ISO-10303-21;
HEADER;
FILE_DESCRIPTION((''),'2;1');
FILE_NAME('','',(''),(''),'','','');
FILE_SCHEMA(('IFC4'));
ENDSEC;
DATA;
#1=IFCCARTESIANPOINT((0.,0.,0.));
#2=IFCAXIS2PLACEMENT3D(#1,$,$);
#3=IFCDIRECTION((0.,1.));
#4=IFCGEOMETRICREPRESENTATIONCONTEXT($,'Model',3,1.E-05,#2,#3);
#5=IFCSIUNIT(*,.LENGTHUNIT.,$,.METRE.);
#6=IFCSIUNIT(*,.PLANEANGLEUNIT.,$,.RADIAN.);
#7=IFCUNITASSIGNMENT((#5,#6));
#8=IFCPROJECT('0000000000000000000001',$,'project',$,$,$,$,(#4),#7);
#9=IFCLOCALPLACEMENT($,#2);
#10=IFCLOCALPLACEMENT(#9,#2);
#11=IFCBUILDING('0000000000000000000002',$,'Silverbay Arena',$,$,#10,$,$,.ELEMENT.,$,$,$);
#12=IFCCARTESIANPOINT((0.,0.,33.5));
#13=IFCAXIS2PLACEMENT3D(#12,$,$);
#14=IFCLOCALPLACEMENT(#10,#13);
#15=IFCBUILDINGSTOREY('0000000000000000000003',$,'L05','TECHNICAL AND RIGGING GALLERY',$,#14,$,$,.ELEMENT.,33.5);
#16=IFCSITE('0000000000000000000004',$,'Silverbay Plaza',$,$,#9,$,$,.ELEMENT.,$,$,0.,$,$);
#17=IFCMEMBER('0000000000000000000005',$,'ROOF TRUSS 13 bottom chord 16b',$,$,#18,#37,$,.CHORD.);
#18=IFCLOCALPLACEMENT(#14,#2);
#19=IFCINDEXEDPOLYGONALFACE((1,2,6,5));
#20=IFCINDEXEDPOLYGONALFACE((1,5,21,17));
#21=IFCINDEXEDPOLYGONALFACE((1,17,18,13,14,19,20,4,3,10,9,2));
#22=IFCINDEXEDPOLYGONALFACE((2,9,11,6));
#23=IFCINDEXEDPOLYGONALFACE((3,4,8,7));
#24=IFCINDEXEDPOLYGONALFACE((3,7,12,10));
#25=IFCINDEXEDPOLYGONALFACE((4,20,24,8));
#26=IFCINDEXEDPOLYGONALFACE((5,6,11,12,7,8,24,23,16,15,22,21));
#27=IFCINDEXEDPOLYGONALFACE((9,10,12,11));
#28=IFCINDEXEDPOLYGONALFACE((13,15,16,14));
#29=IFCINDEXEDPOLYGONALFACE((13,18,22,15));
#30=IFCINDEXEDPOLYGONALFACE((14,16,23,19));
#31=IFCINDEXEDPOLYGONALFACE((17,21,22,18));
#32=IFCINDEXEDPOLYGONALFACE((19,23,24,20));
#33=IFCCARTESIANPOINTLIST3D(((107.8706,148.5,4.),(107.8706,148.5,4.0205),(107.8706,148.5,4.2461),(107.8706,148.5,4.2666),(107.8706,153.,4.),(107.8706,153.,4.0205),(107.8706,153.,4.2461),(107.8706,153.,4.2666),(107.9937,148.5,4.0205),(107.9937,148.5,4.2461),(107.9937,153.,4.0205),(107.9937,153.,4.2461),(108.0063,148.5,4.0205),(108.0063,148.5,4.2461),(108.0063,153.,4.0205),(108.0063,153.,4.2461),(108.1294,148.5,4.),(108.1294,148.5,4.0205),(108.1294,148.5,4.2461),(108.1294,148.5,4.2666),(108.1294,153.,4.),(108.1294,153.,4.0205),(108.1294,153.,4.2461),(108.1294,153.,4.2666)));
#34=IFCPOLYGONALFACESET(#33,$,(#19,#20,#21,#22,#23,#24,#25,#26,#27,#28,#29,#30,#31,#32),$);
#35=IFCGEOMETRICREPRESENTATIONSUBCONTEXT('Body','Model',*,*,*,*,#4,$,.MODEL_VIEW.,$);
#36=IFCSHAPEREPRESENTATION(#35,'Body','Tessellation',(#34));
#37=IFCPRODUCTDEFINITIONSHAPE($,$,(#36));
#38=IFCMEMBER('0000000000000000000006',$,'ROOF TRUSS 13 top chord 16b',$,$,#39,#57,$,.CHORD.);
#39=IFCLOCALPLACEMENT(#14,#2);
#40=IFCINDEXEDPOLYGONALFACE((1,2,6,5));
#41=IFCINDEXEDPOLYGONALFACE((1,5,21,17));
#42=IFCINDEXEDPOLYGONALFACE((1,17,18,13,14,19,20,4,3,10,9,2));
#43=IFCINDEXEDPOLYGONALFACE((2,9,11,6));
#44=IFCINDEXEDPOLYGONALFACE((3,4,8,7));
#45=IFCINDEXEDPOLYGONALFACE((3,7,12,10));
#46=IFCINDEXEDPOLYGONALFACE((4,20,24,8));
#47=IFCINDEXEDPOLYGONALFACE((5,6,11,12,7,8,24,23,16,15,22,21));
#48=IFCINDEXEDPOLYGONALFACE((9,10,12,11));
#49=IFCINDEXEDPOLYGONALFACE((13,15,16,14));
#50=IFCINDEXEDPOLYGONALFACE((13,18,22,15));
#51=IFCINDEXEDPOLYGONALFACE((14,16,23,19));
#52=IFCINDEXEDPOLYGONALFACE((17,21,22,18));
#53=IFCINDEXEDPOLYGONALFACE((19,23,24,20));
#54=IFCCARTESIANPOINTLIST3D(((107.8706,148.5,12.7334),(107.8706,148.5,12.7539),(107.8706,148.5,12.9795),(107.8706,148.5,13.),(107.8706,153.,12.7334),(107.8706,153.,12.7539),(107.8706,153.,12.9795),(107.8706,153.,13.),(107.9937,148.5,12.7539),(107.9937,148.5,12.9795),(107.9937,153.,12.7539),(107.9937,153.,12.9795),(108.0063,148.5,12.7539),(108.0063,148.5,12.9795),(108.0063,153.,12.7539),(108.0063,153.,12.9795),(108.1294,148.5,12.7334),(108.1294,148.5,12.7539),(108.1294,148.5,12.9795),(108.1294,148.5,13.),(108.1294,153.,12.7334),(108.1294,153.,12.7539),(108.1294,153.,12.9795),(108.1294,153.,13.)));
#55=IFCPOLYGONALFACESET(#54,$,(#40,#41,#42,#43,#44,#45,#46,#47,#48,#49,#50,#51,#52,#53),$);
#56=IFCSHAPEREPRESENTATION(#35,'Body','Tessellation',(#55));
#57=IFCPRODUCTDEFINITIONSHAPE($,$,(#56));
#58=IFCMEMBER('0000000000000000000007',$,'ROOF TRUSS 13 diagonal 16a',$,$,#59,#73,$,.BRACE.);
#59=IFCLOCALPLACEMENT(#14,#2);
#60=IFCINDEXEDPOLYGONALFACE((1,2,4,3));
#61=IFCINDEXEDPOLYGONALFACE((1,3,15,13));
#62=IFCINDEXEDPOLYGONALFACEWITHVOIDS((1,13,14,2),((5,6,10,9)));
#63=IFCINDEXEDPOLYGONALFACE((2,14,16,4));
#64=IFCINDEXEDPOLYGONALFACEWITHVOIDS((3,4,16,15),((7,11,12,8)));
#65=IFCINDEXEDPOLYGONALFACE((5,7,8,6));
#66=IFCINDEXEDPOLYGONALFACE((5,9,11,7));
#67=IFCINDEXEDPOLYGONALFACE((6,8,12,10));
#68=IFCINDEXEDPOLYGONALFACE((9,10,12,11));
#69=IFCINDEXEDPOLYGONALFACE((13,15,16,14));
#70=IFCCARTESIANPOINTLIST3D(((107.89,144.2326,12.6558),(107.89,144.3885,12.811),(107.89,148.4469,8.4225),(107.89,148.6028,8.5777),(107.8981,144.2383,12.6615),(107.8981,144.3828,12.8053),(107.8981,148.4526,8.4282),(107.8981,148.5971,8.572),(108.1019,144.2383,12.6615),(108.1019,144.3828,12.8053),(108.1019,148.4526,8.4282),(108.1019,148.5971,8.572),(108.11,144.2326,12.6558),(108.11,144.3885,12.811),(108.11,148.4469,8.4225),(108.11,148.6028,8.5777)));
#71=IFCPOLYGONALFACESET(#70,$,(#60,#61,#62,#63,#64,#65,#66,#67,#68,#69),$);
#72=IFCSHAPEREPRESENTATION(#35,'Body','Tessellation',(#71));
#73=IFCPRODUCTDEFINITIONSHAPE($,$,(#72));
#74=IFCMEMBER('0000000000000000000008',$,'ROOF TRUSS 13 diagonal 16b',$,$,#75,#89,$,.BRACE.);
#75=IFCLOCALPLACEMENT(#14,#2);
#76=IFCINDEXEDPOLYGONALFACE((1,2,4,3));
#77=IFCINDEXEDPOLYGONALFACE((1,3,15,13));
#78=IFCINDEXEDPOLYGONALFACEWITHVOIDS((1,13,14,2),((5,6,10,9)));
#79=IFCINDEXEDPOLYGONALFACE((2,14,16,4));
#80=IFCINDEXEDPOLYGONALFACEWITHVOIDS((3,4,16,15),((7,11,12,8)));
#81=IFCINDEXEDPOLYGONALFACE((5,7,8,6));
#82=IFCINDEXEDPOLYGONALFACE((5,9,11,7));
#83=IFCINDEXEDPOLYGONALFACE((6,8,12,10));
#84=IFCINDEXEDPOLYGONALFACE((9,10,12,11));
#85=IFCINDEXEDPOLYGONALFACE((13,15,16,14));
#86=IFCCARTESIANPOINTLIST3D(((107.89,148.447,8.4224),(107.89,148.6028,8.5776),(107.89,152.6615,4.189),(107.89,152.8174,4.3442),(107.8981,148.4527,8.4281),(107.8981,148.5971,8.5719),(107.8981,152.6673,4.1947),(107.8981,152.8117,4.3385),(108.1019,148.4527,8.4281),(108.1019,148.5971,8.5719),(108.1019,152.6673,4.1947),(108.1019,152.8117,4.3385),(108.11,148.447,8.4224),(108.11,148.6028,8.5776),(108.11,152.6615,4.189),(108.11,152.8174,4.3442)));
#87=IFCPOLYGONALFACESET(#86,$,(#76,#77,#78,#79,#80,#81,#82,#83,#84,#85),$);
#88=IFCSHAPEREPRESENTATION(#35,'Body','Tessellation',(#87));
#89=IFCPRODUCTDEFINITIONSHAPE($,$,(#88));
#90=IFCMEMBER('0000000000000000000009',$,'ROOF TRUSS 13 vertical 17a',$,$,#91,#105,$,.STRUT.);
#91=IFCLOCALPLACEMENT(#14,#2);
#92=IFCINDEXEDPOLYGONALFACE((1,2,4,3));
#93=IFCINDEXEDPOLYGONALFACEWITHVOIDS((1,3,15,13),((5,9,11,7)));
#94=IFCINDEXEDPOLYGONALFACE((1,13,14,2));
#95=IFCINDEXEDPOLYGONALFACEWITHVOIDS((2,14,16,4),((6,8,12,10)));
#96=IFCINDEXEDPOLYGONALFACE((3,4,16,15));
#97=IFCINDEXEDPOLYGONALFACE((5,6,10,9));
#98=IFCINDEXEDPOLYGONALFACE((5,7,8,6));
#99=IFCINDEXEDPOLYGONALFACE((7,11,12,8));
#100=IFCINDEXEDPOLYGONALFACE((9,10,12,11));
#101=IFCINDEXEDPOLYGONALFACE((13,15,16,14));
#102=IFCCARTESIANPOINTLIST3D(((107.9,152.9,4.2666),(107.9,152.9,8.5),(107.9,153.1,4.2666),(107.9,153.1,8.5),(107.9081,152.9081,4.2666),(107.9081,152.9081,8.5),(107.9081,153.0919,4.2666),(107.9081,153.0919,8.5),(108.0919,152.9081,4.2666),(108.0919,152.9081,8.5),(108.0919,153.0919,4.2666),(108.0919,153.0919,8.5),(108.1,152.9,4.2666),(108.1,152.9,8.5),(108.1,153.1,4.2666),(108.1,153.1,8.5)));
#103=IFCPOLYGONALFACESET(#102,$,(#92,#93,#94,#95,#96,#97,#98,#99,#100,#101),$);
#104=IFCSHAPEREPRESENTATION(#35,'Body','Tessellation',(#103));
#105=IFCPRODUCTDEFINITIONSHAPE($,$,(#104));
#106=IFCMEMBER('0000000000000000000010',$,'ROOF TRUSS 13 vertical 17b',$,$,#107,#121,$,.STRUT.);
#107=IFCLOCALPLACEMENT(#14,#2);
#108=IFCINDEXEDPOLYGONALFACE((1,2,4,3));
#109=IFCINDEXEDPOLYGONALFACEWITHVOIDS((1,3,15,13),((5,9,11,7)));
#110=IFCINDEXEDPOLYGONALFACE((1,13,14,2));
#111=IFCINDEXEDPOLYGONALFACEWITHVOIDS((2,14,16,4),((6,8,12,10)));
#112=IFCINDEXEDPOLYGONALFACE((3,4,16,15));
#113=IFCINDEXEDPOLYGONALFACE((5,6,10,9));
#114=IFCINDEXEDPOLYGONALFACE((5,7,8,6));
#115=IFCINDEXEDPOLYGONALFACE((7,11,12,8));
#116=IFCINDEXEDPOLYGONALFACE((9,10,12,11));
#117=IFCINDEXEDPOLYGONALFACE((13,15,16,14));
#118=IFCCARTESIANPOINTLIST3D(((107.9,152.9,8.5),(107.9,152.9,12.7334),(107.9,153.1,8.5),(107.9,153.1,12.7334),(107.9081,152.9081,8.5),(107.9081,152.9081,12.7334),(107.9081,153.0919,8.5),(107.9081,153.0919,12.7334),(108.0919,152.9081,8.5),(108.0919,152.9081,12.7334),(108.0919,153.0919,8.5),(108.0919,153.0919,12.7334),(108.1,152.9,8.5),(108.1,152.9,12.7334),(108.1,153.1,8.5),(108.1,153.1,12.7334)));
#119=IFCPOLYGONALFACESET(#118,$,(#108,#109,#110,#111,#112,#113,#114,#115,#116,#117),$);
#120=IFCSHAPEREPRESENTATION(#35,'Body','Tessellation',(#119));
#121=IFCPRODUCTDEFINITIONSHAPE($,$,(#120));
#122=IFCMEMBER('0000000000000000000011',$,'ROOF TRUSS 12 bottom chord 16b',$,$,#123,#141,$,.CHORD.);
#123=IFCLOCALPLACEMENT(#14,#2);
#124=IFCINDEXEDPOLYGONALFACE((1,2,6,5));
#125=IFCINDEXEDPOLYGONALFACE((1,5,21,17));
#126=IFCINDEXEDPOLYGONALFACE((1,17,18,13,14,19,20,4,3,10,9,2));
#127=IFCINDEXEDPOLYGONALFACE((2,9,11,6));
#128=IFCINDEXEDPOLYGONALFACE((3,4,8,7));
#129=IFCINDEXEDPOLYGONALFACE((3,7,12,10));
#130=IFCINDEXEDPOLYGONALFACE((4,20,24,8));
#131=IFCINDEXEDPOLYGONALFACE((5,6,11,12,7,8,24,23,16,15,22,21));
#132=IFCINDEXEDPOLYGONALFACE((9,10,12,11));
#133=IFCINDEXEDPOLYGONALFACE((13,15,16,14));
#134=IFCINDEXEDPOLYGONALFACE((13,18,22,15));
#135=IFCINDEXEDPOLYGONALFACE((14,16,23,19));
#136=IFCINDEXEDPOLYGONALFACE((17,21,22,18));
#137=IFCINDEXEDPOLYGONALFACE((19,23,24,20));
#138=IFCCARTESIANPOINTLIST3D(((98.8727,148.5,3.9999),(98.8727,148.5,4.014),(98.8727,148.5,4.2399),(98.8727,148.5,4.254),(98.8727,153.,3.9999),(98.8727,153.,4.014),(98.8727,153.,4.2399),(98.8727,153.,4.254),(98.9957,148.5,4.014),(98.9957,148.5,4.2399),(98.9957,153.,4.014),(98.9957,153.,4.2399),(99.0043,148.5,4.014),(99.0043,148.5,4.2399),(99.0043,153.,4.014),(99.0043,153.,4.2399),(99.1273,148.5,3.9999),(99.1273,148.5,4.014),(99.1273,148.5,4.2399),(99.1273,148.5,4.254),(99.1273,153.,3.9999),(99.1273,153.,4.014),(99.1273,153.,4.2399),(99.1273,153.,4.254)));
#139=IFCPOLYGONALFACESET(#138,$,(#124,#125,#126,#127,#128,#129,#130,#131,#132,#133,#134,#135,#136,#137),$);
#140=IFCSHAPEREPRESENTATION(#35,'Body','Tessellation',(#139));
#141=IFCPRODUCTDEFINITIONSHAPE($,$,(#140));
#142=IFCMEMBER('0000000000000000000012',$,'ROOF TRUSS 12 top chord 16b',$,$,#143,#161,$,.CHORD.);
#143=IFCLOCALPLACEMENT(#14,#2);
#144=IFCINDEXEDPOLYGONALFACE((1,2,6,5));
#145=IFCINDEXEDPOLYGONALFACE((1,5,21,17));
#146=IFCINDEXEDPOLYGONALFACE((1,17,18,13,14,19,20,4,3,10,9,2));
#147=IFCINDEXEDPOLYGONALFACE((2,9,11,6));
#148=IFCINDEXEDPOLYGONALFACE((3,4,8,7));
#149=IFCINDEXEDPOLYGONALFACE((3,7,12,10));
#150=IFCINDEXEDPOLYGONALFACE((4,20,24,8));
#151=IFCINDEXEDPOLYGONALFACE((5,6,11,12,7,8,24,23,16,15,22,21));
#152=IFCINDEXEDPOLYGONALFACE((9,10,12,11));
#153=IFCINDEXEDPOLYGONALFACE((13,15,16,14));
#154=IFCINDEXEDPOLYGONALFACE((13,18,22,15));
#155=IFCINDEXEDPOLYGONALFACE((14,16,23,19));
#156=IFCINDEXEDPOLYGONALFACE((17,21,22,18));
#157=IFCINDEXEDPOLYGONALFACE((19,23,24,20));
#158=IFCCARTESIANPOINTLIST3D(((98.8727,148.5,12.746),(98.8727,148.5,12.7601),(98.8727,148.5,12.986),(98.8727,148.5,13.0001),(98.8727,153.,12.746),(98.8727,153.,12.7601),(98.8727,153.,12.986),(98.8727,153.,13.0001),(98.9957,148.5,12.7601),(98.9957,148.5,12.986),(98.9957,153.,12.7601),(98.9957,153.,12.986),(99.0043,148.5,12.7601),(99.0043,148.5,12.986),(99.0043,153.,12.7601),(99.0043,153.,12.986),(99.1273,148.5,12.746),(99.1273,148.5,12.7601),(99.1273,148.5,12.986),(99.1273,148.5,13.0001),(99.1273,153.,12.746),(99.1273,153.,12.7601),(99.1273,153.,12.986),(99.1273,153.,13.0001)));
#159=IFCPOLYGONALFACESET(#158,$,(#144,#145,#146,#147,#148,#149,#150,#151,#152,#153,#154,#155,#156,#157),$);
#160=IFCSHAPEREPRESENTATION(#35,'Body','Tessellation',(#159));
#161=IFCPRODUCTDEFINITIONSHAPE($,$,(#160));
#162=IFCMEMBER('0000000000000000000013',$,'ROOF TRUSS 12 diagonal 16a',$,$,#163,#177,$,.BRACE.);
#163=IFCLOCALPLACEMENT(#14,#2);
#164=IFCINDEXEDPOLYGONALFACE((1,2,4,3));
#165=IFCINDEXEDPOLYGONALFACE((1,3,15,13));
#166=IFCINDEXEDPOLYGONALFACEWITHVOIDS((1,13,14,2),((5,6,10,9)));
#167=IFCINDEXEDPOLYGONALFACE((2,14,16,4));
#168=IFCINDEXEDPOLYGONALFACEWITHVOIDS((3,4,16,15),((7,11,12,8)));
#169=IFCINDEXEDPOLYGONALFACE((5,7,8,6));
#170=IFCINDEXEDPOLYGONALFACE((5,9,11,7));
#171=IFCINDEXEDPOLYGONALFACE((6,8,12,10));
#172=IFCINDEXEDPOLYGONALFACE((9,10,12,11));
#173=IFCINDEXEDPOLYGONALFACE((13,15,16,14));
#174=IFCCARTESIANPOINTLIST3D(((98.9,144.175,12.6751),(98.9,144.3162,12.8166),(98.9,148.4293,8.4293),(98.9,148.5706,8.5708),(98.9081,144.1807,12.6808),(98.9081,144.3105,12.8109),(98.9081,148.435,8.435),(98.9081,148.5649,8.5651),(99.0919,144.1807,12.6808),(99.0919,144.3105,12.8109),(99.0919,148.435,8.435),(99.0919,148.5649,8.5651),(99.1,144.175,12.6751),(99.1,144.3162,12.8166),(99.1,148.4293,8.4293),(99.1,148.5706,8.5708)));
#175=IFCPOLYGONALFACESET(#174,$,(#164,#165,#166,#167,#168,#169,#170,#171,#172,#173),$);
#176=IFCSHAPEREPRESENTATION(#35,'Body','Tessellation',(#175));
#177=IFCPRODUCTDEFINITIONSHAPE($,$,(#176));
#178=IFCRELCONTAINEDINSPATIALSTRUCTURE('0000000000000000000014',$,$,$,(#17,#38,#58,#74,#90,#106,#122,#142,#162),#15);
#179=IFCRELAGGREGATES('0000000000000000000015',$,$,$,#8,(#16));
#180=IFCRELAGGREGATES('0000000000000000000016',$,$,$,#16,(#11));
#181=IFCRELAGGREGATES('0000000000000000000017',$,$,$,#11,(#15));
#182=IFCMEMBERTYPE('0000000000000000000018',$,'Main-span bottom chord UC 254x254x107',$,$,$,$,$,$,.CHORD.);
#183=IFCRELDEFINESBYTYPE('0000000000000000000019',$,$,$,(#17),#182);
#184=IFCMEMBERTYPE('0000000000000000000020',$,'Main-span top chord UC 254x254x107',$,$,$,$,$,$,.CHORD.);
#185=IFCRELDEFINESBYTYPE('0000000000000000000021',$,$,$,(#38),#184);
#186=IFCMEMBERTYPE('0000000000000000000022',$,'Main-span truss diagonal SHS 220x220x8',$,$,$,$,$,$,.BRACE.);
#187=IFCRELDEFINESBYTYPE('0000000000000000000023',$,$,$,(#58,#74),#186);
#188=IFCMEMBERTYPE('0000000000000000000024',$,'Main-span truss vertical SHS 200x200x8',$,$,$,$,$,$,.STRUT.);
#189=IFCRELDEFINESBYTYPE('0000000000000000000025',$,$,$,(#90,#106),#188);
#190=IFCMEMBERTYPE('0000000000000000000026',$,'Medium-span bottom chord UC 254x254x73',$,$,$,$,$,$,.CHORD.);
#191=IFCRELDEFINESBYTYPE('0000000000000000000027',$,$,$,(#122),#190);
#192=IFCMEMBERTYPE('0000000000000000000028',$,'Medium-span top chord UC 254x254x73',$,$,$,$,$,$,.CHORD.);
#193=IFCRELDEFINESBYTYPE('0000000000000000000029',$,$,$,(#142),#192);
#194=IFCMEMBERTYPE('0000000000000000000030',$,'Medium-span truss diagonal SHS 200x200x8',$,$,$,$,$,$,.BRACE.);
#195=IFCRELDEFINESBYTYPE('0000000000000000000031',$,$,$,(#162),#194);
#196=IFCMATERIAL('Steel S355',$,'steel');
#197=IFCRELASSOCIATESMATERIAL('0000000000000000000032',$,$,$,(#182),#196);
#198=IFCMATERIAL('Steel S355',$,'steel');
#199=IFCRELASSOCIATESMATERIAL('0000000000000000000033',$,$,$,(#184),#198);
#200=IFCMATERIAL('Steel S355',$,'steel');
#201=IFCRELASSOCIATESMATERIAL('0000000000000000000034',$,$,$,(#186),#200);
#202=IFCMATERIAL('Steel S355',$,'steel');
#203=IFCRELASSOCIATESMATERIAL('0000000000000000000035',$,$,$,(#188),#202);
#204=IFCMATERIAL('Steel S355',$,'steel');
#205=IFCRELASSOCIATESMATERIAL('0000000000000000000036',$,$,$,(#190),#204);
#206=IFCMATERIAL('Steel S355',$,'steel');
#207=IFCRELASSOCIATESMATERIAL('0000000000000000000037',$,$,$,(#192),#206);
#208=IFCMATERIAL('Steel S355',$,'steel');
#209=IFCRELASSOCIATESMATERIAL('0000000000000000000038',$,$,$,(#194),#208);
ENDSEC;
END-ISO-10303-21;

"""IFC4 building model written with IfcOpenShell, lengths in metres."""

from ifc_helpers import new_model, si_unit, direction, frame, origin, origin_2d, place, context, subcontext, project, spatial, hollow_rectangle, i_section, extrude, material, material_profile, profile_set, type_object, element, save


model = new_model("IFC4")

# Units and contexts
model_context = context("Model", 3, precision=1e-05, world=origin(), true_north=direction((0.0, 1.0)))
body_context = subcontext(model_context, "Body", "Model", "MODEL_VIEW")
ifc_project = project(units=[si_unit("LENGTHUNIT", "METRE"), si_unit("PLANEANGLEUNIT", "RADIAN")], contexts=[model_context])

# Site, building, storey
site_placement = place(None, origin())
site = spatial("IfcSite", under=ifc_project, at=site_placement, Name="Silverbay Plaza", CompositionType="ELEMENT", RefElevation=0.0)
building_placement = place(site_placement, origin())
building = spatial("IfcBuilding", under=site, at=building_placement, Name="Silverbay Arena", CompositionType="ELEMENT")
storey_placement = place(building_placement, frame((0.0, 0.0, 33.5)))
storey = spatial("IfcBuildingStorey", under=building, at=storey_placement, Name="L05", Description="TECHNICAL AND RIGGING GALLERY", CompositionType="ELEMENT", Elevation=33.5)

# Members
ifc_material_1 = material(Name="Steel S355", Category="steel")
ifc_material_profile_1 = material_profile(ifc_material_1, i_section(OverallWidth=0.2588, OverallDepth=0.2666, WebThickness=0.0127, FlangeThickness=0.0205, at=origin_2d()), Name="UC 254x254x107")
ifc_profile_set_1 = profile_set([ifc_material_profile_1], Name="Steel S355")
member_type_1 = type_object("IfcMemberType", Name="Main-span bottom chord UC 254x254x107", PredefinedType="CHORD", material=ifc_profile_set_1)
member_1_placement = place(storey_placement, frame((108.0, 148.5, 4.1333), z_axis=(0.0, 1.0, 0.0), x_axis=(-1.0, 0.0, 0.0)))
element("IfcMember", 1, at=member_1_placement, inside=storey, type_object=member_type_1, Name="ROOF TRUSS 13 bottom chord 16b", PredefinedType="CHORD", context=body_context, shape_type="SweptSolid", body=[
    extrude(i_section(OverallWidth=0.2588, OverallDepth=0.2666, WebThickness=0.0127, FlangeThickness=0.0205, at=origin_2d()), origin(), (0.0, 0.0, 1.0), 4.5),
])
ifc_material_2 = material(Name="Steel S355", Category="steel")
ifc_material_profile_2 = material_profile(ifc_material_2, i_section(OverallWidth=0.2588, OverallDepth=0.2666, WebThickness=0.0127, FlangeThickness=0.0205, at=origin_2d()), Name="UC 254x254x107")
ifc_profile_set_2 = profile_set([ifc_material_profile_2], Name="Steel S355")
member_type_2 = type_object("IfcMemberType", Name="Main-span top chord UC 254x254x107", PredefinedType="CHORD", material=ifc_profile_set_2)
member_2_placement = place(storey_placement, frame((108.0, 148.5, 12.8667), z_axis=(0.0, 1.0, 0.0), x_axis=(-1.0, 0.0, 0.0)))
element("IfcMember", 2, at=member_2_placement, inside=storey, type_object=member_type_2, Name="ROOF TRUSS 13 top chord 16b", PredefinedType="CHORD", context=body_context, shape_type="SweptSolid", body=[
    extrude(i_section(OverallWidth=0.2588, OverallDepth=0.2666, WebThickness=0.0127, FlangeThickness=0.0205, at=origin_2d()), origin(), (0.0, 0.0, 1.0), 4.5),
])
ifc_material_3 = material(Name="Steel S355", Category="steel")
ifc_material_profile_3 = material_profile(ifc_material_3, hollow_rectangle(XDim=0.22, YDim=0.22, WallThickness=0.0081, at=origin_2d()), Name="SHS 220x220x8")
ifc_profile_set_3 = profile_set([ifc_material_profile_3], Name="Steel S355")
member_type_3 = type_object("IfcMemberType", Name="Main-span truss diagonal SHS 220x220x8", PredefinedType="BRACE", material=ifc_profile_set_3)
member_3_placement = place(storey_placement, frame((108.0, 144.3105, 12.7334), z_axis=(0.0, 0.705511, -0.708699), x_axis=(-1.0, 0.0, 0.0)))
element("IfcMember", 3, at=member_3_placement, inside=storey, type_object=member_type_3, Name="ROOF TRUSS 13 diagonal 16a", PredefinedType="BRACE", context=body_context, shape_type="SweptSolid", body=[
    extrude(hollow_rectangle(XDim=0.22, YDim=0.22, WallThickness=0.0081, at=origin_2d()), origin(), (0.0, 0.0, 1.0), 5.9734),
])
member_4_placement = place(storey_placement, frame((108.0, 148.5249, 8.5), z_axis=(0.0, 0.705532, -0.708679), x_axis=(-1.0, 0.0, 0.0)))
element("IfcMember", 4, at=member_4_placement, inside=storey, type_object=member_type_3, Name="ROOF TRUSS 13 diagonal 16b", PredefinedType="BRACE", context=body_context, shape_type="SweptSolid", body=[
    extrude(hollow_rectangle(XDim=0.22, YDim=0.22, WallThickness=0.0081, at=origin_2d()), origin(), (0.0, 0.0, 1.0), 5.9736),
])
ifc_material_4 = material(Name="Steel S355", Category="steel")
ifc_material_profile_4 = material_profile(ifc_material_4, hollow_rectangle(XDim=0.2, YDim=0.2, WallThickness=0.0081, at=origin_2d()), Name="SHS 200x200x8")
ifc_profile_set_4 = profile_set([ifc_material_profile_4], Name="Steel S355")
member_type_4 = type_object("IfcMemberType", Name="Main-span truss vertical SHS 200x200x8", PredefinedType="STRUT", material=ifc_profile_set_4)
for number, where, z_axis, x_axis, name in (
    (5, (108.0, 153.0, 4.2666), (0.0, 0.0, 1.0), (1.0, 0.0, 0.0), "ROOF TRUSS 13 vertical 17a"),
    (6, (108.0, 153.0, 8.5), (0.0, 0.0, 1.0), (1.0, 0.0, 0.0), "ROOF TRUSS 13 vertical 17b"),
):
    element("IfcMember", number, at=place(storey_placement, frame(where, z_axis=z_axis, x_axis=x_axis)), inside=storey, type_object=member_type_4, Name=name, PredefinedType="STRUT", context=body_context, shape_type="SweptSolid", body=[
        extrude(hollow_rectangle(XDim=0.2, YDim=0.2, WallThickness=0.0081, at=origin_2d()), origin(), (0.0, 0.0, 1.0), 4.2334),
    ])
ifc_material_5 = material(Name="Steel S355", Category="steel")
ifc_material_profile_5 = material_profile(ifc_material_5, i_section(OverallWidth=0.2546, OverallDepth=0.2542, WebThickness=0.0085, FlangeThickness=0.0142, at=origin_2d()), Name="UC 254x254x73")
ifc_profile_set_5 = profile_set([ifc_material_profile_5], Name="Steel S355")
member_type_5 = type_object("IfcMemberType", Name="Medium-span bottom chord UC 254x254x73", PredefinedType="CHORD", material=ifc_profile_set_5)
member_5_placement = place(storey_placement, frame((99.0, 148.5, 4.127), z_axis=(0.0, 1.0, 0.0), x_axis=(-1.0, 0.0, 0.0)))
element("IfcMember", 7, at=member_5_placement, inside=storey, type_object=member_type_5, Name="ROOF TRUSS 12 bottom chord 16b", PredefinedType="CHORD", context=body_context, shape_type="SweptSolid", body=[
    extrude(i_section(OverallWidth=0.2546, OverallDepth=0.2542, WebThickness=0.0085, FlangeThickness=0.0142, at=origin_2d()), origin(), (0.0, 0.0, 1.0), 4.5),
])
ifc_material_6 = material(Name="Steel S355", Category="steel")
ifc_material_profile_6 = material_profile(ifc_material_6, i_section(OverallWidth=0.2546, OverallDepth=0.2542, WebThickness=0.0085, FlangeThickness=0.0142, at=origin_2d()), Name="UC 254x254x73")
ifc_profile_set_6 = profile_set([ifc_material_profile_6], Name="Steel S355")
member_type_6 = type_object("IfcMemberType", Name="Medium-span top chord UC 254x254x73", PredefinedType="CHORD", material=ifc_profile_set_6)
member_6_placement = place(storey_placement, frame((99.0, 148.5, 12.873), z_axis=(0.0, 1.0, 0.0), x_axis=(-1.0, 0.0, 0.0)))
element("IfcMember", 8, at=member_6_placement, inside=storey, type_object=member_type_6, Name="ROOF TRUSS 12 top chord 16b", PredefinedType="CHORD", context=body_context, shape_type="SweptSolid", body=[
    extrude(i_section(OverallWidth=0.2546, OverallDepth=0.2542, WebThickness=0.0085, FlangeThickness=0.0142, at=origin_2d()), origin(), (0.0, 0.0, 1.0), 4.5),
])
ifc_material_7 = material(Name="Steel S355", Category="steel")
ifc_material_profile_7 = material_profile(ifc_material_7, hollow_rectangle(XDim=0.2, YDim=0.2, WallThickness=0.0081, at=origin_2d()), Name="SHS 200x200x8")
ifc_profile_set_7 = profile_set([ifc_material_profile_7], Name="Steel S355")
member_type_7 = type_object("IfcMemberType", Name="Medium-span truss diagonal SHS 200x200x8", PredefinedType="BRACE", material=ifc_profile_set_7)
for number, where, z_axis, x_axis, name in (
    (9, (99.0, 144.2456, 12.7458), (0.0, 0.707817, -0.706396), (-1.0, 0.0, 0.0), "ROOF TRUSS 12 diagonal 16a"),
):
    element("IfcMember", number, at=place(storey_placement, frame(where, z_axis=z_axis, x_axis=x_axis)), inside=storey, type_object=member_type_7, Name=name, PredefinedType="BRACE", context=body_context, shape_type="SweptSolid", body=[
        extrude(hollow_rectangle(XDim=0.2, YDim=0.2, WallThickness=0.0081, at=origin_2d()), origin(), (0.0, 0.0, 1.0), 6.0105),
    ])

save(model, "model.ifc")
